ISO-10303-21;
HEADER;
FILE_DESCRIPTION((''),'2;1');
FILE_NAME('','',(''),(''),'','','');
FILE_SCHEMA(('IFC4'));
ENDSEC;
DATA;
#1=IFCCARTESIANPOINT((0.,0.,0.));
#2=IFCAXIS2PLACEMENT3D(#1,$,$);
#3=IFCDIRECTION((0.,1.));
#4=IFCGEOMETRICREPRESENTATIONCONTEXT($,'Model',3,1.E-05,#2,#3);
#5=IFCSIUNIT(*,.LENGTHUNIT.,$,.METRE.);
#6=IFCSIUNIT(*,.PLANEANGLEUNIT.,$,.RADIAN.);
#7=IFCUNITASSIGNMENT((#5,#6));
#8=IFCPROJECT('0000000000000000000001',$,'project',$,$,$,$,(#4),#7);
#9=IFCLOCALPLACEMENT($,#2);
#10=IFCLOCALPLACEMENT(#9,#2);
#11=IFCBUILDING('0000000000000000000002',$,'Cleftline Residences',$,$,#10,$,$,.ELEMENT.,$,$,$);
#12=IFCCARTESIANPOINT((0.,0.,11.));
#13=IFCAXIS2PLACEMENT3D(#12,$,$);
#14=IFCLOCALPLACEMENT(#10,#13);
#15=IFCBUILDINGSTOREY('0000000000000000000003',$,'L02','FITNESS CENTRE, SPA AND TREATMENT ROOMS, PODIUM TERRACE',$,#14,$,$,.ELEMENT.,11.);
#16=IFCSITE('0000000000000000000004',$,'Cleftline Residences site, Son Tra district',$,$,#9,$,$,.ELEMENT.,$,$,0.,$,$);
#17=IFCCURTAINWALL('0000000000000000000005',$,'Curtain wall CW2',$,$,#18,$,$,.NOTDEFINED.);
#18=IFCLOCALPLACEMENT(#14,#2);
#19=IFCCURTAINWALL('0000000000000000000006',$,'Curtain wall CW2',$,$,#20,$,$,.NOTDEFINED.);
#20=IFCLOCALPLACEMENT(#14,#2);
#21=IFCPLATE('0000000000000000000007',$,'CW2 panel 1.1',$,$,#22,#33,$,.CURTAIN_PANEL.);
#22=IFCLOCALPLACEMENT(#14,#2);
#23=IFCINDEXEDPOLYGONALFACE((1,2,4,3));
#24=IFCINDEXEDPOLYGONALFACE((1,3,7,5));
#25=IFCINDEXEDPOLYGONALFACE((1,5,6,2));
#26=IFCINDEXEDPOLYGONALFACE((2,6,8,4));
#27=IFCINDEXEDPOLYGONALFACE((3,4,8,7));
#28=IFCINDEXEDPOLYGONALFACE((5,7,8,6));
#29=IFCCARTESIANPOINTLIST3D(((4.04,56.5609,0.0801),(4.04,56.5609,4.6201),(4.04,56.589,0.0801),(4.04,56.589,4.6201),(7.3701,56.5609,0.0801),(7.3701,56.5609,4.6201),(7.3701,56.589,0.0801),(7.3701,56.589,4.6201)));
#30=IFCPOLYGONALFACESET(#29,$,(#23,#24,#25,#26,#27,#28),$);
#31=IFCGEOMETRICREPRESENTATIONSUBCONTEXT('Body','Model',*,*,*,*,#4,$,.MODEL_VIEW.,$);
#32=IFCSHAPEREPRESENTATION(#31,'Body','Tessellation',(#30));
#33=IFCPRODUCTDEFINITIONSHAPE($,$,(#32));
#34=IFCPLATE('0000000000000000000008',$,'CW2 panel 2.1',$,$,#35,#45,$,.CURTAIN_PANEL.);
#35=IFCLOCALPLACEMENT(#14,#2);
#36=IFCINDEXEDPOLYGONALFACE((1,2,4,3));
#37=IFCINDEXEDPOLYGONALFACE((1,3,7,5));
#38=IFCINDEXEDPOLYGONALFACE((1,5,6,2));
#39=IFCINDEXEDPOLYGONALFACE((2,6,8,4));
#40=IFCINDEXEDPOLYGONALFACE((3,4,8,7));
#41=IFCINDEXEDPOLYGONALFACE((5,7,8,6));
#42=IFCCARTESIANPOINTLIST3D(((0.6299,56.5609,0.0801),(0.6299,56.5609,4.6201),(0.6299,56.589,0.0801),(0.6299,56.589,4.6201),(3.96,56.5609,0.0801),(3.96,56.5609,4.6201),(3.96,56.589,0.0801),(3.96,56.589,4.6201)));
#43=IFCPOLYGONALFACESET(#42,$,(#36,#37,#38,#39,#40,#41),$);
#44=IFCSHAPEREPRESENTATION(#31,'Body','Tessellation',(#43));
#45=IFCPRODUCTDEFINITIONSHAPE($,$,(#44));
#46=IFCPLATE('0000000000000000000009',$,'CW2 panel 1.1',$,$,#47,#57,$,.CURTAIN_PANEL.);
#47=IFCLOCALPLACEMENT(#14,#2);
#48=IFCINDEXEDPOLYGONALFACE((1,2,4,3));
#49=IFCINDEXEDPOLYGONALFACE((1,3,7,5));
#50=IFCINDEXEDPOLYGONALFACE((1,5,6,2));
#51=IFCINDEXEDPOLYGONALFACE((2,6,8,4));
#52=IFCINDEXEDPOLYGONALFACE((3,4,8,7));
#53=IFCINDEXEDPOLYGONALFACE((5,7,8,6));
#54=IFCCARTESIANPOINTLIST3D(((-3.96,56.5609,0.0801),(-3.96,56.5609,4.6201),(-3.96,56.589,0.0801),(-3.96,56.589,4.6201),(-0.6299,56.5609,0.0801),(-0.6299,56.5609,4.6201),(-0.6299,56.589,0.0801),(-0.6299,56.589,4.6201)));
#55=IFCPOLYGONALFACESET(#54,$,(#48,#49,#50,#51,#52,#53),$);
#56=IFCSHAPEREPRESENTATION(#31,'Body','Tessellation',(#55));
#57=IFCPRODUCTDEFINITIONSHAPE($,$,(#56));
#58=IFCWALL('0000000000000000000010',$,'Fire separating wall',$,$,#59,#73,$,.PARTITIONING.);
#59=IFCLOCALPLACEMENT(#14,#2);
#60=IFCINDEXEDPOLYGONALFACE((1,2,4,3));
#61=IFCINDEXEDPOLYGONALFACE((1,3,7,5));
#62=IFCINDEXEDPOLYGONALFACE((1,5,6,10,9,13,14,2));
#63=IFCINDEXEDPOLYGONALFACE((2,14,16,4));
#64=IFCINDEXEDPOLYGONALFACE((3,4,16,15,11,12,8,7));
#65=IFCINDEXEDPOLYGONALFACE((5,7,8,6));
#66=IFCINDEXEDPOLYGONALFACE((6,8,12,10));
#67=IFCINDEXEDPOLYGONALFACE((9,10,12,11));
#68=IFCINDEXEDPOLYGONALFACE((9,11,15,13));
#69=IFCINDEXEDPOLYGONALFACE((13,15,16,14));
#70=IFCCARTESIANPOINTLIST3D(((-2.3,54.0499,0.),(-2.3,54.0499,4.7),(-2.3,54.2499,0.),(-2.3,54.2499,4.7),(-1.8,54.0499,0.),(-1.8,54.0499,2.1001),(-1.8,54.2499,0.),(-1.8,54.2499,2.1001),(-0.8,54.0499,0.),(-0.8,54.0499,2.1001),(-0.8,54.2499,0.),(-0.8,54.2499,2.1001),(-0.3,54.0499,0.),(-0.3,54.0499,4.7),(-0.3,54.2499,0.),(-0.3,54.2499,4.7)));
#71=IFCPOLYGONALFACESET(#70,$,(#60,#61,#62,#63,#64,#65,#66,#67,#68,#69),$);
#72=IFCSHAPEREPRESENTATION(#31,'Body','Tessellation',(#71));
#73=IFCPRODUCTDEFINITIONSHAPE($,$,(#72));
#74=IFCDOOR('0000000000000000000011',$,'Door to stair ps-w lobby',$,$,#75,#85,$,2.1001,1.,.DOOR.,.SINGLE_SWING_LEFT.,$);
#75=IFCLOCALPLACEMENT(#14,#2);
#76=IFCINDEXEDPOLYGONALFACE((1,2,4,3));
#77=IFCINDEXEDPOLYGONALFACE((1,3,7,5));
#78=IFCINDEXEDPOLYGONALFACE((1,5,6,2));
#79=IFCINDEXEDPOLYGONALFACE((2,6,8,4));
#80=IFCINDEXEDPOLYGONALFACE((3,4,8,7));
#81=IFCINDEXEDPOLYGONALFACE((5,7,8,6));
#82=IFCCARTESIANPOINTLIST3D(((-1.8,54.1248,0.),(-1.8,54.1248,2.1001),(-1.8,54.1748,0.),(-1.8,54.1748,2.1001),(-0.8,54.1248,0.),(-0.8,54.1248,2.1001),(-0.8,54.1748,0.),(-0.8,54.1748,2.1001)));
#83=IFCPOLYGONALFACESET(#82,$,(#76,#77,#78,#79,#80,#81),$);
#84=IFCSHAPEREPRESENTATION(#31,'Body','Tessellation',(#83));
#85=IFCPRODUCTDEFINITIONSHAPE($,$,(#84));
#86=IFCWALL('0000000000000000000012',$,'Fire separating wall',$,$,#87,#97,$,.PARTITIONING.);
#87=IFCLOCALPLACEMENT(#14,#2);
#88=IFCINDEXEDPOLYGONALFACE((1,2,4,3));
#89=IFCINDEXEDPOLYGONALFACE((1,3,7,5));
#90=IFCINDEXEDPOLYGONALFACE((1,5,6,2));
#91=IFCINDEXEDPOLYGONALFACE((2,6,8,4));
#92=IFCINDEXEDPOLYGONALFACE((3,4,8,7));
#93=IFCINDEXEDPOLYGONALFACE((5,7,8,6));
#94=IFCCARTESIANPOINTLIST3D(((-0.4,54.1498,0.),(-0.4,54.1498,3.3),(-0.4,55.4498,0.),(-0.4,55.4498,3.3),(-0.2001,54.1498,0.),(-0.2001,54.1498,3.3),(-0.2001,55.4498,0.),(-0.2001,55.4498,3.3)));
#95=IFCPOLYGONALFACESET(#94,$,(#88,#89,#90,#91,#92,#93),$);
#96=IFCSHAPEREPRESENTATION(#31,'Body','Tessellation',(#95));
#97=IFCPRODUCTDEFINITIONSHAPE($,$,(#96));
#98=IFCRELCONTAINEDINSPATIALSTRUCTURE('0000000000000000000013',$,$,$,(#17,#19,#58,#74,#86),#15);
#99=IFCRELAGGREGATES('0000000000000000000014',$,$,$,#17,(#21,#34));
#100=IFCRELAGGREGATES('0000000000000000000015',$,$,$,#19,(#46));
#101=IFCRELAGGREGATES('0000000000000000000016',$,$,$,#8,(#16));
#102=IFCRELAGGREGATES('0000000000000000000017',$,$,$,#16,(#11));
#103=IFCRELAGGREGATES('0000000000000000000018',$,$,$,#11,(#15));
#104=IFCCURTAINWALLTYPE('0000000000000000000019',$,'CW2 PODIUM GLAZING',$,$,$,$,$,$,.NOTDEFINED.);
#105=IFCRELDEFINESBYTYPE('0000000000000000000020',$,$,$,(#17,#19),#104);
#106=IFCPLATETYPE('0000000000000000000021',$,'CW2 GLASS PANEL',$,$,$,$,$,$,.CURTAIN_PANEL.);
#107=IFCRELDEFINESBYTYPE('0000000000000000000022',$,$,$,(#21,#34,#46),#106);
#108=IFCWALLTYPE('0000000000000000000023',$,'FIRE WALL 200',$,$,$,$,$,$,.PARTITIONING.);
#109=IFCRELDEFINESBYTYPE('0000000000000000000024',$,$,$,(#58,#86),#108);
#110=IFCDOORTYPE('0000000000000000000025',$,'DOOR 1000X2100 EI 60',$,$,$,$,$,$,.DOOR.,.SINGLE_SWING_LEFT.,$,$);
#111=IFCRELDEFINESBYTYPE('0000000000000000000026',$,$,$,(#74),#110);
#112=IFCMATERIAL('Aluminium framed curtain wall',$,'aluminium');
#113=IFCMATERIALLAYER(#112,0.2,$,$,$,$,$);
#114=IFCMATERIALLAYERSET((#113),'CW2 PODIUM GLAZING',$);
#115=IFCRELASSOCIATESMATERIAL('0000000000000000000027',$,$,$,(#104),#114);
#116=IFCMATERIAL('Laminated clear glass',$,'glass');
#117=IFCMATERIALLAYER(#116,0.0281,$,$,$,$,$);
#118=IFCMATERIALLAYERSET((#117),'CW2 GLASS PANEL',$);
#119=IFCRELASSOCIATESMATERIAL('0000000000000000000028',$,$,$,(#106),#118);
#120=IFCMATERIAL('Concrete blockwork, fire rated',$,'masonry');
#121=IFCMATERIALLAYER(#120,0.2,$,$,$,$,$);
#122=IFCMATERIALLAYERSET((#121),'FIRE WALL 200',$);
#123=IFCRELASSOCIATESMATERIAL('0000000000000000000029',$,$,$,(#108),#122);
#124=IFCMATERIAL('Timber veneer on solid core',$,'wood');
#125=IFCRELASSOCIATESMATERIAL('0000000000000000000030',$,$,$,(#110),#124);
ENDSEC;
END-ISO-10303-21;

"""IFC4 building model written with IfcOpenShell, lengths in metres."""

from ifc_helpers import new_model, si_unit, direction, frame, frame_2d, origin, origin_2d, place, context, subcontext, project, spatial, rectangle, extrude, material, layer, layer_set, type_object, element, fill, aggregate, save


model = new_model("IFC4")

# Units and contexts
model_context = context("Model", 3, precision=1e-05, world=origin(), true_north=direction((0.0, 1.0)))
body_context = subcontext(model_context, "Body", "Model", "MODEL_VIEW")
ifc_project = project(units=[si_unit("LENGTHUNIT", "METRE"), si_unit("PLANEANGLEUNIT", "RADIAN")], contexts=[model_context])

# Site, building, storey
site_placement = place(None, origin())
site = spatial("IfcSite", under=ifc_project, at=site_placement, Name="Cleftline Residences site, Son Tra district", CompositionType="ELEMENT", RefElevation=0.0)
building_placement = place(site_placement, origin())
building = spatial("IfcBuilding", under=site, at=building_placement, Name="Cleftline Residences", CompositionType="ELEMENT")
storey_placement = place(building_placement, frame((0.0, 0.0, 11.0)))
storey = spatial("IfcBuildingStorey", under=building, at=storey_placement, Name="L02", Description="FITNESS CENTRE, SPA AND TREATMENT ROOMS, PODIUM TERRACE", CompositionType="ELEMENT", Elevation=11.0)

# Curtain wall
ifc_material_1 = material(Name="Aluminium framed curtain wall", Category="aluminium")
ifc_layer_1 = layer(ifc_material_1, 0.2)
ifc_layer_set_1 = layer_set([ifc_layer_1], Name="CW2 PODIUM GLAZING")
curtain_wall_type = type_object("IfcCurtainWallType", Name="CW2 PODIUM GLAZING", PredefinedType="NOTDEFINED", material=ifc_layer_set_1)
curtain_wall_1_placement = place(storey_placement, origin())
curtain_wall_1 = element("IfcCurtainWall", 1, at=curtain_wall_1_placement, inside=storey, type_object=curtain_wall_type, Name="Curtain wall CW2", PredefinedType="NOTDEFINED")

# Curtain wall
curtain_wall_2_placement = place(storey_placement, origin())
curtain_wall_2 = element("IfcCurtainWall", 2, at=curtain_wall_2_placement, inside=storey, type_object=curtain_wall_type, Name="Curtain wall CW2", PredefinedType="NOTDEFINED")

# Plates
ifc_material_2 = material(Name="Laminated clear glass", Category="glass")
ifc_layer_2 = layer(ifc_material_2, 0.0281)
ifc_layer_set_2 = layer_set([ifc_layer_2], Name="CW2 GLASS PANEL")
plate_type = type_object("IfcPlateType", Name="CW2 GLASS PANEL", PredefinedType="CURTAIN_PANEL", material=ifc_layer_set_2)
plate_1_placement = place(storey_placement, frame((5.7051, 56.575, 0.0801), z_axis=(0.0, 0.0, 1.0), x_axis=(-1.0, 0.0, 0.0)))
plate_1 = element("IfcPlate", 3, at=plate_1_placement, type_object=plate_type, Name="CW2 panel 1.1", PredefinedType="CURTAIN_PANEL", context=body_context, shape_type="SweptSolid", body=[
    extrude(rectangle(XDim=3.3301, YDim=0.0281, at=origin_2d()), origin(), (0.0, 0.0, 1.0), 4.54),
])
plate_2_placement = place(storey_placement, frame((2.2949, 56.575, 0.0801), z_axis=(0.0, 0.0, 1.0), x_axis=(-1.0, 0.0, 0.0)))
plate_2 = element("IfcPlate", 4, at=plate_2_placement, type_object=plate_type, Name="CW2 panel 2.1", PredefinedType="CURTAIN_PANEL", context=body_context, shape_type="SweptSolid", body=[
    extrude(rectangle(XDim=3.3301, YDim=0.0281, at=origin_2d()), origin(), (0.0, 0.0, 1.0), 4.54),
])
aggregate(curtain_wall_1, [plate_1, plate_2])
plate_3_placement = place(storey_placement, frame((-2.2949, 56.575, 0.0801), z_axis=(0.0, 0.0, 1.0), x_axis=(-1.0, 0.0, 0.0)))
plate_3 = element("IfcPlate", 5, at=plate_3_placement, type_object=plate_type, Name="CW2 panel 1.1", PredefinedType="CURTAIN_PANEL", context=body_context, shape_type="SweptSolid", body=[
    extrude(rectangle(XDim=3.3301, YDim=0.0281, at=origin_2d()), origin(), (0.0, 0.0, 1.0), 4.54),
])
aggregate(curtain_wall_2, [plate_3])

# Wall, opening, door
ifc_material_3 = material(Name="Concrete blockwork, fire rated", Category="masonry")
ifc_layer_3 = layer(ifc_material_3, 0.2)
ifc_layer_set_3 = layer_set([ifc_layer_3], Name="FIRE WALL 200")
wall_type = type_object("IfcWallType", Name="FIRE WALL 200", PredefinedType="PARTITIONING", material=ifc_layer_set_3)
wall_1_placement = place(storey_placement, frame((-2.3, 54.1499, 0.0), z_axis=(0.0, 0.0, 1.0), x_axis=(1.0, 0.0, 0.0)))
wall_1 = element("IfcWall", 6, at=wall_1_placement, inside=storey, type_object=wall_type, Name="Fire separating wall", PredefinedType="PARTITIONING", context=body_context, shape_type="SweptSolid", body=[
    extrude(rectangle(XDim=2.0, YDim=0.2, at=frame_2d((1.0, 0.0))), origin(), (0.0, 0.0, 1.0), 4.7),
])
opening_placement = place(wall_1_placement, frame((0.5, 0.0, 0.0)))
opening = element("IfcOpeningElement", 7, at=opening_placement, cuts=wall_1, PredefinedType="OPENING", context=body_context, shape_type="SweptSolid", body=[
    extrude(rectangle(XDim=1.0, YDim=2.1001, at=frame_2d((0.5, 1.05))), frame((0.0, 0.1099, 0.0), z_axis=(0.0, -1.0, 0.0), x_axis=(1.0, 0.0, 0.0)), (0.0, 0.0, 1.0), 0.22),
])
ifc_material_4 = material(Name="Timber veneer on solid core", Category="wood")
door_type = type_object("IfcDoorType", Name="DOOR 1000X2100 EI 60", OperationType="SINGLE_SWING_LEFT", PredefinedType="DOOR", material=ifc_material_4)
door_placement = place(opening_placement, origin())
door = element("IfcDoor", 8, at=door_placement, inside=storey, type_object=door_type, Name="Door to stair ps-w lobby", OperationType="SINGLE_SWING_LEFT", OverallHeight=2.1001, OverallWidth=1.0, PredefinedType="DOOR", context=body_context, shape_type="SweptSolid", body=[
    extrude(rectangle(XDim=1.0, YDim=2.1001, at=frame_2d((0.5, 1.05))), frame((0.0, 0.0249, 0.0), z_axis=(0.0, -1.0, 0.0), x_axis=(1.0, 0.0, 0.0)), (0.0, 0.0, 1.0), 0.05),
])
fill(opening, door)

# Wall
wall_2_placement = place(storey_placement, frame((-0.3, 54.1499, 0.0), z_axis=(0.0, 0.0, 1.0), x_axis=(0.0, 1.0, 0.0)))
element("IfcWall", 9, at=wall_2_placement, inside=storey, type_object=wall_type, Name="Fire separating wall", PredefinedType="PARTITIONING", context=body_context, shape_type="SweptSolid", body=[
    extrude(rectangle(XDim=1.3, YDim=0.2, at=frame_2d((0.6499, 0.0))), origin(), (0.0, 0.0, 1.0), 3.3),
])

save(model, "model.ifc")
